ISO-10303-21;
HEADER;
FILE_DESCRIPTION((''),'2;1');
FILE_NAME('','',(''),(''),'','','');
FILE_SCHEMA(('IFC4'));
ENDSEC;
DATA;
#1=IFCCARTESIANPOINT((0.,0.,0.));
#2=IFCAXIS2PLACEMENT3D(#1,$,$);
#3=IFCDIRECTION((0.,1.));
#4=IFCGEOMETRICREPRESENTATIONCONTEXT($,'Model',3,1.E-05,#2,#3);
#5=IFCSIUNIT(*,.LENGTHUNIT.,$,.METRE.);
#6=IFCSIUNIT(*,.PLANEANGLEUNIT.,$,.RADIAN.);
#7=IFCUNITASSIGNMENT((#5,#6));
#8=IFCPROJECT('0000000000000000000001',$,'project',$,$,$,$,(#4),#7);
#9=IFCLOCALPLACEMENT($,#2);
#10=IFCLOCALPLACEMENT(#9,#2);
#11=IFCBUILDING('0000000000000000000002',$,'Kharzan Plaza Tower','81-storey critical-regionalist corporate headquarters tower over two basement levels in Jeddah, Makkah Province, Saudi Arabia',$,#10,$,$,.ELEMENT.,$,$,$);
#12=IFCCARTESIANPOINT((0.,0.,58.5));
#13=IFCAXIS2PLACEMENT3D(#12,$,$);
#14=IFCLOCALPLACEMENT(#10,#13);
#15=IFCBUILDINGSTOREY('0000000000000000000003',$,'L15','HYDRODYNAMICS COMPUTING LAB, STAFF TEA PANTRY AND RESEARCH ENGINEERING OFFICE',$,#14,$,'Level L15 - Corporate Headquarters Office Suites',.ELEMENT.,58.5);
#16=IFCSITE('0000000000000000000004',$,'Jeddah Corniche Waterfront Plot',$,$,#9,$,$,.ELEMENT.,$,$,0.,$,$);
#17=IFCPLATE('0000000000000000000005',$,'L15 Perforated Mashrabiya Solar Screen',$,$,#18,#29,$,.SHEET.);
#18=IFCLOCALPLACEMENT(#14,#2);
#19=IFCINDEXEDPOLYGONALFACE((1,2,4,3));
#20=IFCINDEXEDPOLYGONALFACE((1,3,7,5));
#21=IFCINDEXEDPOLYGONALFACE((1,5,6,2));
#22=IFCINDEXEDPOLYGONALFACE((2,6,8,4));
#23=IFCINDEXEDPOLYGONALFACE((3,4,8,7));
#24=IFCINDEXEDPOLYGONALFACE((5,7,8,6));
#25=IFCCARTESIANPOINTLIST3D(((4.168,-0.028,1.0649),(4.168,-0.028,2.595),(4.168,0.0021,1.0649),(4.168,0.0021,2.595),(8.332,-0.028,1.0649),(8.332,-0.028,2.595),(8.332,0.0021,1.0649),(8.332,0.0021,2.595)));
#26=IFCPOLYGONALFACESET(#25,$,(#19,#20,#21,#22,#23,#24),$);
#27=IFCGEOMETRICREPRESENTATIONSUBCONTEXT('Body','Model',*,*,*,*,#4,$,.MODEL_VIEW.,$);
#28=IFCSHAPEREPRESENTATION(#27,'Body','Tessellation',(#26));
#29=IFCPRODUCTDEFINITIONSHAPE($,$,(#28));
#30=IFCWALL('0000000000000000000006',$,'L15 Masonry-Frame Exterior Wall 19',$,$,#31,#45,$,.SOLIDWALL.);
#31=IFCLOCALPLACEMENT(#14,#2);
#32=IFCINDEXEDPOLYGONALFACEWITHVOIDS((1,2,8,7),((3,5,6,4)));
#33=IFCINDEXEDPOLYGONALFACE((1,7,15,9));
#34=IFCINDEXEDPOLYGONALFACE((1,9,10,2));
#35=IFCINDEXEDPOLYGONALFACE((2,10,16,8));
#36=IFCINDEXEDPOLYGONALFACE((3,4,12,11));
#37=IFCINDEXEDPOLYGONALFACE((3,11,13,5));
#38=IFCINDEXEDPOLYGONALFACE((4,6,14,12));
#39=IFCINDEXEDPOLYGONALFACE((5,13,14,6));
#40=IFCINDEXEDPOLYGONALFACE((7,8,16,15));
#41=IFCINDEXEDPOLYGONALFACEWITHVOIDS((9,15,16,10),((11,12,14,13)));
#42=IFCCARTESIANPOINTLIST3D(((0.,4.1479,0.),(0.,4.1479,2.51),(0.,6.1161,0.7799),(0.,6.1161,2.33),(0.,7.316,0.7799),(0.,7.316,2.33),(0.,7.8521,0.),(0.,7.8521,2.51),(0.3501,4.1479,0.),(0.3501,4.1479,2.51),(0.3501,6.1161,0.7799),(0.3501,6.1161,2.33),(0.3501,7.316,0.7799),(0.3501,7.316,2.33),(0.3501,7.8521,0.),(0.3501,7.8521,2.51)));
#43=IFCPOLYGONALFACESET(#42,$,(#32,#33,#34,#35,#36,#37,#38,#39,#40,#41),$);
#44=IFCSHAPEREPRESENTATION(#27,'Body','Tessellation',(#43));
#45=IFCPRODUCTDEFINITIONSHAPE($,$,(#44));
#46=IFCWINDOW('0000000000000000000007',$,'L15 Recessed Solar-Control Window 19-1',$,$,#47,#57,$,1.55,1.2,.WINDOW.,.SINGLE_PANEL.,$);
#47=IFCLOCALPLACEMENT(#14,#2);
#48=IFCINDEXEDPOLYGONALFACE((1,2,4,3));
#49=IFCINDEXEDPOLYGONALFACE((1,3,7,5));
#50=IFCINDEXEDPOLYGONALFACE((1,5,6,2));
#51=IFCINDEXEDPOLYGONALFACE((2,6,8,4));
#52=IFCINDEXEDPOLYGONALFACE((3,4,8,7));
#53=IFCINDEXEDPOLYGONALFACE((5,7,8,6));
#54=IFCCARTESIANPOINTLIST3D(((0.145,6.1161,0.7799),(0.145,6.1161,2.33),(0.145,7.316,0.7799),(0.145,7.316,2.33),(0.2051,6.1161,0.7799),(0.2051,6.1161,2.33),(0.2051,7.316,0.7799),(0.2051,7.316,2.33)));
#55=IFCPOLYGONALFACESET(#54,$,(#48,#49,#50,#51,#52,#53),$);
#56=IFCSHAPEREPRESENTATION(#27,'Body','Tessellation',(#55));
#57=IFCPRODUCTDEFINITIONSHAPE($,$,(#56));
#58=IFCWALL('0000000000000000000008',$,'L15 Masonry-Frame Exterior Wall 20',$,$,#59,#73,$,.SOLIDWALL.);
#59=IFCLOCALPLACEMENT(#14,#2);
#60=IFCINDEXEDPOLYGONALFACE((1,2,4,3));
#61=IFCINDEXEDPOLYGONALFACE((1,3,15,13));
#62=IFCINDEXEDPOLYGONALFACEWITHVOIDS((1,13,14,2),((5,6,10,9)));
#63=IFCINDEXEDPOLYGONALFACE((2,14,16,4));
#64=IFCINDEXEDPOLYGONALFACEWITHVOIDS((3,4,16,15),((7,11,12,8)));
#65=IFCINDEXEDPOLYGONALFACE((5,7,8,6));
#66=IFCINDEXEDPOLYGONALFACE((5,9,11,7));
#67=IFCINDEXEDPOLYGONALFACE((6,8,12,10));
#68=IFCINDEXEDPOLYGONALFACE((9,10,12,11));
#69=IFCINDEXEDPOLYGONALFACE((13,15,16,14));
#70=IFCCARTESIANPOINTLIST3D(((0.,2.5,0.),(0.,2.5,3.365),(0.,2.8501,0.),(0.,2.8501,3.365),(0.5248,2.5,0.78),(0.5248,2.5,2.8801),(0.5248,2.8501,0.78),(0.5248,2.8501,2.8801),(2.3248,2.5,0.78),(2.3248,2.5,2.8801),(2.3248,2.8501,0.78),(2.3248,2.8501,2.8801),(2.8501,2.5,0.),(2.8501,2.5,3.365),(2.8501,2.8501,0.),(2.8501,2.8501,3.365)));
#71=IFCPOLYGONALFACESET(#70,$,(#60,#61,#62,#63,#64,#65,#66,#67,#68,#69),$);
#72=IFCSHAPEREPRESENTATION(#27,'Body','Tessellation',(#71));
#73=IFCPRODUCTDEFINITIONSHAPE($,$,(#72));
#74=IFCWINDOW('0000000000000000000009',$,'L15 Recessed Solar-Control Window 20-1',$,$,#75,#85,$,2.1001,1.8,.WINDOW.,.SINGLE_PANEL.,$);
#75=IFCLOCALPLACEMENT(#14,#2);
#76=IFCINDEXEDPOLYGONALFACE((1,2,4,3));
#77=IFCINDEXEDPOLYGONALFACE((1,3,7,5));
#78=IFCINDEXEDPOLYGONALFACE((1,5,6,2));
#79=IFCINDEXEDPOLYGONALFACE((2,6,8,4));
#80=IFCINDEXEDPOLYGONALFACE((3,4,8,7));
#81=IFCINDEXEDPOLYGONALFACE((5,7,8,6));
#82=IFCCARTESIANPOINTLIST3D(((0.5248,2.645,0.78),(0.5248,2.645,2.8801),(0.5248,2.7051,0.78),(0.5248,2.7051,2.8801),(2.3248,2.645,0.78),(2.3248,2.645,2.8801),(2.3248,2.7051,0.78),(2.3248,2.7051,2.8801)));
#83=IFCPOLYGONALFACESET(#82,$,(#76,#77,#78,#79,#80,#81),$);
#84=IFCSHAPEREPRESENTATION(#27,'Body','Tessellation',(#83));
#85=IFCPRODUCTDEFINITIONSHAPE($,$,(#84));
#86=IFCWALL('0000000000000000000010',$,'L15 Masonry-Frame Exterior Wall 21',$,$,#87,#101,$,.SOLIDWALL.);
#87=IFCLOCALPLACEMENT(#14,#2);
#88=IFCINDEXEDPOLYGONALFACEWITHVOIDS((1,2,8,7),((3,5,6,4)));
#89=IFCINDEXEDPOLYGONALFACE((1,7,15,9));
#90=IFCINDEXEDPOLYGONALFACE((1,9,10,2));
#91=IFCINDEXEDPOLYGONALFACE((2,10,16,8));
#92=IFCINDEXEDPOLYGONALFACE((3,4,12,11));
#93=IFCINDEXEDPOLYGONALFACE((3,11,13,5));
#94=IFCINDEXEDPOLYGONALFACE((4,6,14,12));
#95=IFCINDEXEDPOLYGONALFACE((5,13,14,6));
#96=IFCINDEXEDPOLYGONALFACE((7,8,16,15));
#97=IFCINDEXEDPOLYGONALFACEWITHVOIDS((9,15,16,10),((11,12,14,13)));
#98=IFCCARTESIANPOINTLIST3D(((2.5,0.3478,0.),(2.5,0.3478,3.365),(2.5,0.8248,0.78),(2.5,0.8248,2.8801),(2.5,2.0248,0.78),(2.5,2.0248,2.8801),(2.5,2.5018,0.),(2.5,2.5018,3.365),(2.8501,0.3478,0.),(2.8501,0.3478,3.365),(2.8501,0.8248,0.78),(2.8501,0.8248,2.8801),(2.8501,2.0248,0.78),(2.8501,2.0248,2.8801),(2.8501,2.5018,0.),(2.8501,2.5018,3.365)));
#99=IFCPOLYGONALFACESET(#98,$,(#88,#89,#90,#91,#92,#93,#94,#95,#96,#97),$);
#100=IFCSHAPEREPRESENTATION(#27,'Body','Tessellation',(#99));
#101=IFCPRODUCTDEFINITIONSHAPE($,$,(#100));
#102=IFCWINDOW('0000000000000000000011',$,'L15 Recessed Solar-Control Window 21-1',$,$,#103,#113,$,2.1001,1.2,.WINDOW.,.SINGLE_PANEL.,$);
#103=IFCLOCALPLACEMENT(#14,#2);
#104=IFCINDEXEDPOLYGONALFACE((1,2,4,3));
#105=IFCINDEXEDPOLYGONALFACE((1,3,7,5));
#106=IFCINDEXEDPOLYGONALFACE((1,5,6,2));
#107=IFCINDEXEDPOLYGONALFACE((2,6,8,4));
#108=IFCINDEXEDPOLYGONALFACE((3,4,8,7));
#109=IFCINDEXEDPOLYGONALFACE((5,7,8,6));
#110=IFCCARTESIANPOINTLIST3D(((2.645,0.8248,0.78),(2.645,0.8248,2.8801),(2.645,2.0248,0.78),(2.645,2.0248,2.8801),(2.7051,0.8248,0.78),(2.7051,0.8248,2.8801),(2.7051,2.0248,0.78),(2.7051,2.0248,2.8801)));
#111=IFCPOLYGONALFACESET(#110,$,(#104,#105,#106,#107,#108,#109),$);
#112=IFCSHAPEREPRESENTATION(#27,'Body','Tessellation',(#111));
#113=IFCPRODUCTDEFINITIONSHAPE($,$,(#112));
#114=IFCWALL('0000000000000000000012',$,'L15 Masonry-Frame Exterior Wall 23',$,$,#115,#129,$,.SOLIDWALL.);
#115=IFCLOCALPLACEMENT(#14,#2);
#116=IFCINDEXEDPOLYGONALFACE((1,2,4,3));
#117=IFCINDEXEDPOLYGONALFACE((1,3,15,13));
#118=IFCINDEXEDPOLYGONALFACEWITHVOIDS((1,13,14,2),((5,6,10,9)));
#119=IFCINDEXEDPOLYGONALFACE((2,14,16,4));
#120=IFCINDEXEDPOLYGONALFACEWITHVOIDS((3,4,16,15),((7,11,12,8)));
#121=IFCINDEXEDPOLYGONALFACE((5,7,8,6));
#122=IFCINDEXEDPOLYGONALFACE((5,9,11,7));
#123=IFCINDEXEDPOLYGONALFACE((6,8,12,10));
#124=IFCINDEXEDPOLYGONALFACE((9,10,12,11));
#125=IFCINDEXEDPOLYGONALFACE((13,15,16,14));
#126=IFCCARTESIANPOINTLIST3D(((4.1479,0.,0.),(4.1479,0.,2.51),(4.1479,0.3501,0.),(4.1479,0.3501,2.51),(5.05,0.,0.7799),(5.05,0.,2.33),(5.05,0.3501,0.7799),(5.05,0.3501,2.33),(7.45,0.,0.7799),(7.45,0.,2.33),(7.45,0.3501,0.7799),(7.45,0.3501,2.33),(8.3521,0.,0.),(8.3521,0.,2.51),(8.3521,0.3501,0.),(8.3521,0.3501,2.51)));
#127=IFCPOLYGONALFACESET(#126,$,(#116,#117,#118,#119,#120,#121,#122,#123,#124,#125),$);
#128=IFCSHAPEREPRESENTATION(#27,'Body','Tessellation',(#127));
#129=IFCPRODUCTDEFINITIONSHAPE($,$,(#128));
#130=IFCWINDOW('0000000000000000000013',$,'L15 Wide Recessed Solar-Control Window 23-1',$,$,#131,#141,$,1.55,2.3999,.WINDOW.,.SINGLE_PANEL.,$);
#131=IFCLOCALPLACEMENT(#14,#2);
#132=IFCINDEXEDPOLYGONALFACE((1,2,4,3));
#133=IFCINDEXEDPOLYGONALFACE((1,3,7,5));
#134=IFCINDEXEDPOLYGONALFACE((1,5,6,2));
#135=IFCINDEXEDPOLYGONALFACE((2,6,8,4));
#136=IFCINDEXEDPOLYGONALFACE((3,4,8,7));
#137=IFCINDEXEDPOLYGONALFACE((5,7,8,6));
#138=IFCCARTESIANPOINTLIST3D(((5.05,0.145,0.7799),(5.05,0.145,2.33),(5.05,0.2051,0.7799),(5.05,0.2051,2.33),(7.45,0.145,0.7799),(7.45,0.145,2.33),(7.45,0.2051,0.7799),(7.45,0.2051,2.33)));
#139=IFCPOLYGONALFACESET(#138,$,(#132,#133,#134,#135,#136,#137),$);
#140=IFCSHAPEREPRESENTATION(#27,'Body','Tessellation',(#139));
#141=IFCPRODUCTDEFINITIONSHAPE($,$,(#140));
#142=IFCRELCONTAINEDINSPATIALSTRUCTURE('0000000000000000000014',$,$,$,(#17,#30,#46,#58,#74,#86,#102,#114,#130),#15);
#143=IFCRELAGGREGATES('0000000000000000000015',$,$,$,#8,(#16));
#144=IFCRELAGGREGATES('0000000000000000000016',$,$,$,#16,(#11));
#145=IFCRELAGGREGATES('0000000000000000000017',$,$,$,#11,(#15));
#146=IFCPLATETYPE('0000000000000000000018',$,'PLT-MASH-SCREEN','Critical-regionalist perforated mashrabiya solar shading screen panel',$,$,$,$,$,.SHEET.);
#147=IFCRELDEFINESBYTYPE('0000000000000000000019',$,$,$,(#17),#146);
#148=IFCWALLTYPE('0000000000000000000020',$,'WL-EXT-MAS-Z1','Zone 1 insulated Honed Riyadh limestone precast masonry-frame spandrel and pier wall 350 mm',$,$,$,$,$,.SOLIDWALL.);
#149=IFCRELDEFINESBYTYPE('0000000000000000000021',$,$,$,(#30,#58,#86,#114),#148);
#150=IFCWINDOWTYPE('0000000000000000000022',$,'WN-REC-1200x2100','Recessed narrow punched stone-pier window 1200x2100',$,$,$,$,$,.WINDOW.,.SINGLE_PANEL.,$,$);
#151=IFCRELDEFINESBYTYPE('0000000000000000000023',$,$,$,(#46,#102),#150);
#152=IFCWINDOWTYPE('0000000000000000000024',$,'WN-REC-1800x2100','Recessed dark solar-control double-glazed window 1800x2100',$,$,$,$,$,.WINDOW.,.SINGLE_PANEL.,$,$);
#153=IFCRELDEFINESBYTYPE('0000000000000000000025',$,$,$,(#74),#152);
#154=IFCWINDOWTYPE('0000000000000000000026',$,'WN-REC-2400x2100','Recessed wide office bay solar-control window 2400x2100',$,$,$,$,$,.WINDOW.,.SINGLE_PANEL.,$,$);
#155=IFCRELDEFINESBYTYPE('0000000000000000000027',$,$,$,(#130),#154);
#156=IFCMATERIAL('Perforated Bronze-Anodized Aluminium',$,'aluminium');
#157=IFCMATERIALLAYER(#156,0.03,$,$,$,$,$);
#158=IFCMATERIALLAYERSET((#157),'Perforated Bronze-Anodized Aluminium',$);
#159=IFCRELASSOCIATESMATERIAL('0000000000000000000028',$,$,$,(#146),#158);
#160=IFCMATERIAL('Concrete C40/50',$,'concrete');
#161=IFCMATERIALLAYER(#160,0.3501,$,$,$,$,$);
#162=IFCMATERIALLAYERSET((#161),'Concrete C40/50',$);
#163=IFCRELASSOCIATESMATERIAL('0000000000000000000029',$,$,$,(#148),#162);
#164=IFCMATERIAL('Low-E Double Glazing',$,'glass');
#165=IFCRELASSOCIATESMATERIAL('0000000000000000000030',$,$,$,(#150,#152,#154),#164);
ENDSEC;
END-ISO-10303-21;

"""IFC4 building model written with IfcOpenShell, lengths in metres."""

from ifc_helpers import new_model, si_unit, direction, frame, frame_2d, origin, origin_2d, place, context, subcontext, project, spatial, rectangle, extrude, source, transform, mapped, material, layer, layer_set, type_object, element, fill, save


model = new_model("IFC4")

# Units and contexts
model_context = context("Model", 3, precision=1e-05, world=origin(), true_north=direction((0.0, 1.0)))
body_context = subcontext(model_context, "Body", "Model", "MODEL_VIEW")
ifc_project = project(units=[si_unit("LENGTHUNIT", "METRE"), si_unit("PLANEANGLEUNIT", "RADIAN")], contexts=[model_context])

# Site, building, storey
site_placement = place(None, origin())
site = spatial("IfcSite", under=ifc_project, at=site_placement, Name="Jeddah Corniche Waterfront Plot", CompositionType="ELEMENT", RefElevation=0.0)
building_placement = place(site_placement, origin())
building = spatial("IfcBuilding", under=site, at=building_placement, Name="Kharzan Plaza Tower", Description="81-storey critical-regionalist corporate headquarters tower over two basement levels in Jeddah, Makkah Province, Saudi Arabia", CompositionType="ELEMENT")
storey_placement = place(building_placement, frame((0.0, 0.0, 58.5)))
storey = spatial("IfcBuildingStorey", under=building, at=storey_placement, Name="L15", Description="HYDRODYNAMICS COMPUTING LAB, STAFF TEA PANTRY AND RESEARCH ENGINEERING OFFICE", LongName="Level L15 - Corporate Headquarters Office Suites", CompositionType="ELEMENT", Elevation=58.5)

# Shared definitions
ifc_material_1 = material(Name="Concrete C40/50", Category="concrete")

# Plate
ifc_material_2 = material(Name="Perforated Bronze-Anodized Aluminium", Category="aluminium")
ifc_layer_1 = layer(ifc_material_2, 0.03)
ifc_layer_set_1 = layer_set([ifc_layer_1], Name="Perforated Bronze-Anodized Aluminium")
plate_type = type_object("IfcPlateType", Name="PLT-MASH-SCREEN", Description="Critical-regionalist perforated mashrabiya solar shading screen panel", PredefinedType="SHEET", material=ifc_layer_set_1)
shared_shape_1 = source(origin(), body_context, "Body", "SweptSolid", [
    extrude(rectangle(XDim=4.1641, YDim=0.03, at=origin_2d()), origin(), (0.0, 0.0, 1.0), 1.53),
])
plate_1_placement = place(storey_placement, frame((6.25, -0.0129, 1.0649), z_axis=(0.0, 0.0, 1.0), x_axis=(1.0, 0.0, 0.0)))
element("IfcPlate", 1, at=plate_1_placement, inside=storey, type_object=plate_type, Name="L15 Perforated Mashrabiya Solar Screen", PredefinedType="SHEET", context=body_context, shape_type="MappedRepresentation", body=[
    mapped(shared_shape_1, transform((0.0, 0.0, 0.0), x_axis=(1.0, 0.0, 0.0), y_axis=(0.0, 1.0, 0.0), z_axis=(0.0, 0.0, 1.0))),
])

# Walls, openings, windows
ifc_layer_2 = layer(ifc_material_1, 0.3501)
ifc_layer_set_2 = layer_set([ifc_layer_2], Name="Concrete C40/50")
wall_type_1 = type_object("IfcWallType", Name="WL-EXT-MAS-Z1", Description="Zone 1 insulated Honed Riyadh limestone precast masonry-frame spandrel and pier wall 350 mm", PredefinedType="SOLIDWALL", material=ifc_layer_set_2)
wall_1_placement = place(storey_placement, frame((0.175, 7.8521, 0.0), z_axis=(0.0, 0.0, 1.0), x_axis=(0.0, -1.0, 0.0)))
wall_1 = element("IfcWall", 2, at=wall_1_placement, inside=storey, type_object=wall_type_1, Name="L15 Masonry-Frame Exterior Wall 19", PredefinedType="SOLIDWALL", context=body_context, shape_type="SweptSolid", body=[
    extrude(rectangle(XDim=3.7041, YDim=0.3501, at=frame_2d((1.8521, 0.0))), origin(), (0.0, 0.0, 1.0), 2.51),
])
opening_1_placement = place(wall_1_placement, frame((0.5359, 0.0, 0.78)))
opening_1 = element("IfcOpeningElement", 3, at=opening_1_placement, cuts=wall_1, PredefinedType="OPENING", context=body_context, shape_type="SweptSolid", body=[
    extrude(rectangle(XDim=1.2, YDim=1.55, at=frame_2d((0.6001, 0.7749))), frame((0.0, 0.1851, 0.0), z_axis=(0.0, -1.0, 0.0), x_axis=(1.0, 0.0, 0.0)), (0.0, 0.0, 1.0), 0.3701),
])
ifc_material_3 = material(Name="Low-E Double Glazing", Category="glass")
window_type_1 = type_object("IfcWindowType", Name="WN-REC-1200x2100", Description="Recessed narrow punched stone-pier window 1200x2100", PartitioningType="SINGLE_PANEL", PredefinedType="WINDOW", material=ifc_material_3)
shared_shape_2 = source(origin(), body_context, "Body", "SweptSolid", [
    extrude(rectangle(XDim=1.2, YDim=1.55, at=frame_2d((0.6001, 0.7749))), frame((0.0, 0.03, 0.0), z_axis=(0.0, -1.0, 0.0), x_axis=(1.0, 0.0, 0.0)), (0.0, 0.0, 1.0), 0.0601),
])
window_1_placement = place(opening_1_placement, origin())
window_1 = element("IfcWindow", 4, at=window_1_placement, inside=storey, type_object=window_type_1, Name="L15 Recessed Solar-Control Window 19-1", OverallHeight=1.55, OverallWidth=1.2, PartitioningType="SINGLE_PANEL", PredefinedType="WINDOW", context=body_context, shape_type="MappedRepresentation", body=[
    mapped(shared_shape_2, transform((0.0, 0.0, 0.0), x_axis=(1.0, 0.0, 0.0), y_axis=(0.0, 1.0, 0.0), z_axis=(0.0, 0.0, 1.0))),
])
fill(opening_1, window_1)
wall_2_placement = place(storey_placement, frame((0.0, 2.675, 0.0), z_axis=(0.0, 0.0, 1.0), x_axis=(1.0, 0.0, 0.0)))
wall_2 = element("IfcWall", 5, at=wall_2_placement, inside=storey, type_object=wall_type_1, Name="L15 Masonry-Frame Exterior Wall 20", PredefinedType="SOLIDWALL", context=body_context, shape_type="SweptSolid", body=[
    extrude(rectangle(XDim=2.8501, YDim=0.3501, at=frame_2d((1.425, 0.0))), origin(), (0.0, 0.0, 1.0), 3.365),
])
opening_2_placement = place(wall_2_placement, frame((0.5249, 0.0, 0.78)))
opening_2 = element("IfcOpeningElement", 6, at=opening_2_placement, cuts=wall_2, PredefinedType="OPENING", context=body_context, shape_type="SweptSolid", body=[
    extrude(rectangle(XDim=1.8, YDim=2.1001, at=frame_2d((0.8999, 1.05))), frame((0.0, 0.1851, 0.0), z_axis=(0.0, -1.0, 0.0), x_axis=(1.0, 0.0, 0.0)), (0.0, 0.0, 1.0), 0.3701),
])
window_type_2 = type_object("IfcWindowType", Name="WN-REC-1800x2100", Description="Recessed dark solar-control double-glazed window 1800x2100", PartitioningType="SINGLE_PANEL", PredefinedType="WINDOW", material=ifc_material_3)
shared_shape_3 = source(origin(), body_context, "Body", "SweptSolid", [
    extrude(rectangle(XDim=1.8, YDim=2.1001, at=frame_2d((0.8999, 1.05))), frame((0.0, 0.03, 0.0), z_axis=(0.0, -1.0, 0.0), x_axis=(1.0, 0.0, 0.0)), (0.0, 0.0, 1.0), 0.0601),
])
window_2_placement = place(opening_2_placement, origin())
window_2 = element("IfcWindow", 7, at=window_2_placement, inside=storey, type_object=window_type_2, Name="L15 Recessed Solar-Control Window 20-1", OverallHeight=2.1001, OverallWidth=1.8, PartitioningType="SINGLE_PANEL", PredefinedType="WINDOW", context=body_context, shape_type="MappedRepresentation", body=[
    mapped(shared_shape_3, transform((0.0, 0.0, 0.0), x_axis=(1.0, 0.0, 0.0), y_axis=(0.0, 1.0, 0.0), z_axis=(0.0, 0.0, 1.0))),
])
fill(opening_2, window_2)
wall_3_placement = place(storey_placement, frame((2.675, 2.502, 0.0), z_axis=(0.0, 0.0, 1.0), x_axis=(0.0, -1.0, 0.0)))
wall_3 = element("IfcWall", 8, at=wall_3_placement, inside=storey, type_object=wall_type_1, Name="L15 Masonry-Frame Exterior Wall 21", PredefinedType="SOLIDWALL", context=body_context, shape_type="SweptSolid", body=[
    extrude(rectangle(XDim=2.1541, YDim=0.3501, at=frame_2d((1.0771, 0.0))), origin(), (0.0, 0.0, 1.0), 3.365),
])
opening_3_placement = place(wall_3_placement, frame((0.4771, 0.0, 0.78)))
opening_3 = element("IfcOpeningElement", 9, at=opening_3_placement, cuts=wall_3, PredefinedType="OPENING", context=body_context, shape_type="SweptSolid", body=[
    extrude(rectangle(XDim=1.2, YDim=2.1001, at=frame_2d((0.6001, 1.05))), frame((0.0, 0.1851, 0.0), z_axis=(0.0, -1.0, 0.0), x_axis=(1.0, 0.0, 0.0)), (0.0, 0.0, 1.0), 0.3701),
])
shared_shape_4 = source(origin(), body_context, "Body", "SweptSolid", [
    extrude(rectangle(XDim=1.2, YDim=2.1001, at=frame_2d((0.6001, 1.05))), frame((0.0, 0.03, 0.0), z_axis=(0.0, -1.0, 0.0), x_axis=(1.0, 0.0, 0.0)), (0.0, 0.0, 1.0), 0.0601),
])
window_3_placement = place(opening_3_placement, origin())
window_3 = element("IfcWindow", 10, at=window_3_placement, inside=storey, type_object=window_type_1, Name="L15 Recessed Solar-Control Window 21-1", OverallHeight=2.1001, OverallWidth=1.2, PartitioningType="SINGLE_PANEL", PredefinedType="WINDOW", context=body_context, shape_type="MappedRepresentation", body=[
    mapped(shared_shape_4, transform((0.0, 0.0, 0.0), x_axis=(1.0, 0.0, 0.0), y_axis=(0.0, 1.0, 0.0), z_axis=(0.0, 0.0, 1.0))),
])
fill(opening_3, window_3)
wall_4_placement = place(storey_placement, frame((4.1479, 0.175, 0.0), z_axis=(0.0, 0.0, 1.0), x_axis=(1.0, 0.0, 0.0)))
wall_4 = element("IfcWall", 11, at=wall_4_placement, inside=storey, type_object=wall_type_1, Name="L15 Masonry-Frame Exterior Wall 23", PredefinedType="SOLIDWALL", context=body_context, shape_type="SweptSolid", body=[
    extrude(rectangle(XDim=4.2041, YDim=0.3501, at=frame_2d((2.1021, 0.0))), origin(), (0.0, 0.0, 1.0), 2.51),
])
opening_4_placement = place(wall_4_placement, frame((0.9021, 0.0, 0.78)))
opening_4 = element("IfcOpeningElement", 12, at=opening_4_placement, cuts=wall_4, PredefinedType="OPENING", context=body_context, shape_type="SweptSolid", body=[
    extrude(rectangle(XDim=2.3999, YDim=1.55, at=frame_2d((1.2, 0.7749))), frame((0.0, 0.1851, 0.0), z_axis=(0.0, -1.0, 0.0), x_axis=(1.0, 0.0, 0.0)), (0.0, 0.0, 1.0), 0.3701),
])
window_type_3 = type_object("IfcWindowType", Name="WN-REC-2400x2100", Description="Recessed wide office bay solar-control window 2400x2100", PartitioningType="SINGLE_PANEL", PredefinedType="WINDOW", material=ifc_material_3)
shared_shape_5 = source(origin(), body_context, "Body", "SweptSolid", [
    extrude(rectangle(XDim=2.3999, YDim=1.55, at=frame_2d((1.2, 0.7749))), frame((0.0, 0.03, 0.0), z_axis=(0.0, -1.0, 0.0), x_axis=(1.0, 0.0, 0.0)), (0.0, 0.0, 1.0), 0.0601),
])
window_4_placement = place(opening_4_placement, origin())
window_4 = element("IfcWindow", 13, at=window_4_placement, inside=storey, type_object=window_type_3, Name="L15 Wide Recessed Solar-Control Window 23-1", OverallHeight=1.55, OverallWidth=2.3999, PartitioningType="SINGLE_PANEL", PredefinedType="WINDOW", context=body_context, shape_type="MappedRepresentation", body=[
    mapped(shared_shape_5, transform((0.0, 0.0, 0.0), x_axis=(1.0, 0.0, 0.0), y_axis=(0.0, 1.0, 0.0), z_axis=(0.0, 0.0, 1.0))),
])
fill(opening_4, window_4)

save(model, "model.ifc")
